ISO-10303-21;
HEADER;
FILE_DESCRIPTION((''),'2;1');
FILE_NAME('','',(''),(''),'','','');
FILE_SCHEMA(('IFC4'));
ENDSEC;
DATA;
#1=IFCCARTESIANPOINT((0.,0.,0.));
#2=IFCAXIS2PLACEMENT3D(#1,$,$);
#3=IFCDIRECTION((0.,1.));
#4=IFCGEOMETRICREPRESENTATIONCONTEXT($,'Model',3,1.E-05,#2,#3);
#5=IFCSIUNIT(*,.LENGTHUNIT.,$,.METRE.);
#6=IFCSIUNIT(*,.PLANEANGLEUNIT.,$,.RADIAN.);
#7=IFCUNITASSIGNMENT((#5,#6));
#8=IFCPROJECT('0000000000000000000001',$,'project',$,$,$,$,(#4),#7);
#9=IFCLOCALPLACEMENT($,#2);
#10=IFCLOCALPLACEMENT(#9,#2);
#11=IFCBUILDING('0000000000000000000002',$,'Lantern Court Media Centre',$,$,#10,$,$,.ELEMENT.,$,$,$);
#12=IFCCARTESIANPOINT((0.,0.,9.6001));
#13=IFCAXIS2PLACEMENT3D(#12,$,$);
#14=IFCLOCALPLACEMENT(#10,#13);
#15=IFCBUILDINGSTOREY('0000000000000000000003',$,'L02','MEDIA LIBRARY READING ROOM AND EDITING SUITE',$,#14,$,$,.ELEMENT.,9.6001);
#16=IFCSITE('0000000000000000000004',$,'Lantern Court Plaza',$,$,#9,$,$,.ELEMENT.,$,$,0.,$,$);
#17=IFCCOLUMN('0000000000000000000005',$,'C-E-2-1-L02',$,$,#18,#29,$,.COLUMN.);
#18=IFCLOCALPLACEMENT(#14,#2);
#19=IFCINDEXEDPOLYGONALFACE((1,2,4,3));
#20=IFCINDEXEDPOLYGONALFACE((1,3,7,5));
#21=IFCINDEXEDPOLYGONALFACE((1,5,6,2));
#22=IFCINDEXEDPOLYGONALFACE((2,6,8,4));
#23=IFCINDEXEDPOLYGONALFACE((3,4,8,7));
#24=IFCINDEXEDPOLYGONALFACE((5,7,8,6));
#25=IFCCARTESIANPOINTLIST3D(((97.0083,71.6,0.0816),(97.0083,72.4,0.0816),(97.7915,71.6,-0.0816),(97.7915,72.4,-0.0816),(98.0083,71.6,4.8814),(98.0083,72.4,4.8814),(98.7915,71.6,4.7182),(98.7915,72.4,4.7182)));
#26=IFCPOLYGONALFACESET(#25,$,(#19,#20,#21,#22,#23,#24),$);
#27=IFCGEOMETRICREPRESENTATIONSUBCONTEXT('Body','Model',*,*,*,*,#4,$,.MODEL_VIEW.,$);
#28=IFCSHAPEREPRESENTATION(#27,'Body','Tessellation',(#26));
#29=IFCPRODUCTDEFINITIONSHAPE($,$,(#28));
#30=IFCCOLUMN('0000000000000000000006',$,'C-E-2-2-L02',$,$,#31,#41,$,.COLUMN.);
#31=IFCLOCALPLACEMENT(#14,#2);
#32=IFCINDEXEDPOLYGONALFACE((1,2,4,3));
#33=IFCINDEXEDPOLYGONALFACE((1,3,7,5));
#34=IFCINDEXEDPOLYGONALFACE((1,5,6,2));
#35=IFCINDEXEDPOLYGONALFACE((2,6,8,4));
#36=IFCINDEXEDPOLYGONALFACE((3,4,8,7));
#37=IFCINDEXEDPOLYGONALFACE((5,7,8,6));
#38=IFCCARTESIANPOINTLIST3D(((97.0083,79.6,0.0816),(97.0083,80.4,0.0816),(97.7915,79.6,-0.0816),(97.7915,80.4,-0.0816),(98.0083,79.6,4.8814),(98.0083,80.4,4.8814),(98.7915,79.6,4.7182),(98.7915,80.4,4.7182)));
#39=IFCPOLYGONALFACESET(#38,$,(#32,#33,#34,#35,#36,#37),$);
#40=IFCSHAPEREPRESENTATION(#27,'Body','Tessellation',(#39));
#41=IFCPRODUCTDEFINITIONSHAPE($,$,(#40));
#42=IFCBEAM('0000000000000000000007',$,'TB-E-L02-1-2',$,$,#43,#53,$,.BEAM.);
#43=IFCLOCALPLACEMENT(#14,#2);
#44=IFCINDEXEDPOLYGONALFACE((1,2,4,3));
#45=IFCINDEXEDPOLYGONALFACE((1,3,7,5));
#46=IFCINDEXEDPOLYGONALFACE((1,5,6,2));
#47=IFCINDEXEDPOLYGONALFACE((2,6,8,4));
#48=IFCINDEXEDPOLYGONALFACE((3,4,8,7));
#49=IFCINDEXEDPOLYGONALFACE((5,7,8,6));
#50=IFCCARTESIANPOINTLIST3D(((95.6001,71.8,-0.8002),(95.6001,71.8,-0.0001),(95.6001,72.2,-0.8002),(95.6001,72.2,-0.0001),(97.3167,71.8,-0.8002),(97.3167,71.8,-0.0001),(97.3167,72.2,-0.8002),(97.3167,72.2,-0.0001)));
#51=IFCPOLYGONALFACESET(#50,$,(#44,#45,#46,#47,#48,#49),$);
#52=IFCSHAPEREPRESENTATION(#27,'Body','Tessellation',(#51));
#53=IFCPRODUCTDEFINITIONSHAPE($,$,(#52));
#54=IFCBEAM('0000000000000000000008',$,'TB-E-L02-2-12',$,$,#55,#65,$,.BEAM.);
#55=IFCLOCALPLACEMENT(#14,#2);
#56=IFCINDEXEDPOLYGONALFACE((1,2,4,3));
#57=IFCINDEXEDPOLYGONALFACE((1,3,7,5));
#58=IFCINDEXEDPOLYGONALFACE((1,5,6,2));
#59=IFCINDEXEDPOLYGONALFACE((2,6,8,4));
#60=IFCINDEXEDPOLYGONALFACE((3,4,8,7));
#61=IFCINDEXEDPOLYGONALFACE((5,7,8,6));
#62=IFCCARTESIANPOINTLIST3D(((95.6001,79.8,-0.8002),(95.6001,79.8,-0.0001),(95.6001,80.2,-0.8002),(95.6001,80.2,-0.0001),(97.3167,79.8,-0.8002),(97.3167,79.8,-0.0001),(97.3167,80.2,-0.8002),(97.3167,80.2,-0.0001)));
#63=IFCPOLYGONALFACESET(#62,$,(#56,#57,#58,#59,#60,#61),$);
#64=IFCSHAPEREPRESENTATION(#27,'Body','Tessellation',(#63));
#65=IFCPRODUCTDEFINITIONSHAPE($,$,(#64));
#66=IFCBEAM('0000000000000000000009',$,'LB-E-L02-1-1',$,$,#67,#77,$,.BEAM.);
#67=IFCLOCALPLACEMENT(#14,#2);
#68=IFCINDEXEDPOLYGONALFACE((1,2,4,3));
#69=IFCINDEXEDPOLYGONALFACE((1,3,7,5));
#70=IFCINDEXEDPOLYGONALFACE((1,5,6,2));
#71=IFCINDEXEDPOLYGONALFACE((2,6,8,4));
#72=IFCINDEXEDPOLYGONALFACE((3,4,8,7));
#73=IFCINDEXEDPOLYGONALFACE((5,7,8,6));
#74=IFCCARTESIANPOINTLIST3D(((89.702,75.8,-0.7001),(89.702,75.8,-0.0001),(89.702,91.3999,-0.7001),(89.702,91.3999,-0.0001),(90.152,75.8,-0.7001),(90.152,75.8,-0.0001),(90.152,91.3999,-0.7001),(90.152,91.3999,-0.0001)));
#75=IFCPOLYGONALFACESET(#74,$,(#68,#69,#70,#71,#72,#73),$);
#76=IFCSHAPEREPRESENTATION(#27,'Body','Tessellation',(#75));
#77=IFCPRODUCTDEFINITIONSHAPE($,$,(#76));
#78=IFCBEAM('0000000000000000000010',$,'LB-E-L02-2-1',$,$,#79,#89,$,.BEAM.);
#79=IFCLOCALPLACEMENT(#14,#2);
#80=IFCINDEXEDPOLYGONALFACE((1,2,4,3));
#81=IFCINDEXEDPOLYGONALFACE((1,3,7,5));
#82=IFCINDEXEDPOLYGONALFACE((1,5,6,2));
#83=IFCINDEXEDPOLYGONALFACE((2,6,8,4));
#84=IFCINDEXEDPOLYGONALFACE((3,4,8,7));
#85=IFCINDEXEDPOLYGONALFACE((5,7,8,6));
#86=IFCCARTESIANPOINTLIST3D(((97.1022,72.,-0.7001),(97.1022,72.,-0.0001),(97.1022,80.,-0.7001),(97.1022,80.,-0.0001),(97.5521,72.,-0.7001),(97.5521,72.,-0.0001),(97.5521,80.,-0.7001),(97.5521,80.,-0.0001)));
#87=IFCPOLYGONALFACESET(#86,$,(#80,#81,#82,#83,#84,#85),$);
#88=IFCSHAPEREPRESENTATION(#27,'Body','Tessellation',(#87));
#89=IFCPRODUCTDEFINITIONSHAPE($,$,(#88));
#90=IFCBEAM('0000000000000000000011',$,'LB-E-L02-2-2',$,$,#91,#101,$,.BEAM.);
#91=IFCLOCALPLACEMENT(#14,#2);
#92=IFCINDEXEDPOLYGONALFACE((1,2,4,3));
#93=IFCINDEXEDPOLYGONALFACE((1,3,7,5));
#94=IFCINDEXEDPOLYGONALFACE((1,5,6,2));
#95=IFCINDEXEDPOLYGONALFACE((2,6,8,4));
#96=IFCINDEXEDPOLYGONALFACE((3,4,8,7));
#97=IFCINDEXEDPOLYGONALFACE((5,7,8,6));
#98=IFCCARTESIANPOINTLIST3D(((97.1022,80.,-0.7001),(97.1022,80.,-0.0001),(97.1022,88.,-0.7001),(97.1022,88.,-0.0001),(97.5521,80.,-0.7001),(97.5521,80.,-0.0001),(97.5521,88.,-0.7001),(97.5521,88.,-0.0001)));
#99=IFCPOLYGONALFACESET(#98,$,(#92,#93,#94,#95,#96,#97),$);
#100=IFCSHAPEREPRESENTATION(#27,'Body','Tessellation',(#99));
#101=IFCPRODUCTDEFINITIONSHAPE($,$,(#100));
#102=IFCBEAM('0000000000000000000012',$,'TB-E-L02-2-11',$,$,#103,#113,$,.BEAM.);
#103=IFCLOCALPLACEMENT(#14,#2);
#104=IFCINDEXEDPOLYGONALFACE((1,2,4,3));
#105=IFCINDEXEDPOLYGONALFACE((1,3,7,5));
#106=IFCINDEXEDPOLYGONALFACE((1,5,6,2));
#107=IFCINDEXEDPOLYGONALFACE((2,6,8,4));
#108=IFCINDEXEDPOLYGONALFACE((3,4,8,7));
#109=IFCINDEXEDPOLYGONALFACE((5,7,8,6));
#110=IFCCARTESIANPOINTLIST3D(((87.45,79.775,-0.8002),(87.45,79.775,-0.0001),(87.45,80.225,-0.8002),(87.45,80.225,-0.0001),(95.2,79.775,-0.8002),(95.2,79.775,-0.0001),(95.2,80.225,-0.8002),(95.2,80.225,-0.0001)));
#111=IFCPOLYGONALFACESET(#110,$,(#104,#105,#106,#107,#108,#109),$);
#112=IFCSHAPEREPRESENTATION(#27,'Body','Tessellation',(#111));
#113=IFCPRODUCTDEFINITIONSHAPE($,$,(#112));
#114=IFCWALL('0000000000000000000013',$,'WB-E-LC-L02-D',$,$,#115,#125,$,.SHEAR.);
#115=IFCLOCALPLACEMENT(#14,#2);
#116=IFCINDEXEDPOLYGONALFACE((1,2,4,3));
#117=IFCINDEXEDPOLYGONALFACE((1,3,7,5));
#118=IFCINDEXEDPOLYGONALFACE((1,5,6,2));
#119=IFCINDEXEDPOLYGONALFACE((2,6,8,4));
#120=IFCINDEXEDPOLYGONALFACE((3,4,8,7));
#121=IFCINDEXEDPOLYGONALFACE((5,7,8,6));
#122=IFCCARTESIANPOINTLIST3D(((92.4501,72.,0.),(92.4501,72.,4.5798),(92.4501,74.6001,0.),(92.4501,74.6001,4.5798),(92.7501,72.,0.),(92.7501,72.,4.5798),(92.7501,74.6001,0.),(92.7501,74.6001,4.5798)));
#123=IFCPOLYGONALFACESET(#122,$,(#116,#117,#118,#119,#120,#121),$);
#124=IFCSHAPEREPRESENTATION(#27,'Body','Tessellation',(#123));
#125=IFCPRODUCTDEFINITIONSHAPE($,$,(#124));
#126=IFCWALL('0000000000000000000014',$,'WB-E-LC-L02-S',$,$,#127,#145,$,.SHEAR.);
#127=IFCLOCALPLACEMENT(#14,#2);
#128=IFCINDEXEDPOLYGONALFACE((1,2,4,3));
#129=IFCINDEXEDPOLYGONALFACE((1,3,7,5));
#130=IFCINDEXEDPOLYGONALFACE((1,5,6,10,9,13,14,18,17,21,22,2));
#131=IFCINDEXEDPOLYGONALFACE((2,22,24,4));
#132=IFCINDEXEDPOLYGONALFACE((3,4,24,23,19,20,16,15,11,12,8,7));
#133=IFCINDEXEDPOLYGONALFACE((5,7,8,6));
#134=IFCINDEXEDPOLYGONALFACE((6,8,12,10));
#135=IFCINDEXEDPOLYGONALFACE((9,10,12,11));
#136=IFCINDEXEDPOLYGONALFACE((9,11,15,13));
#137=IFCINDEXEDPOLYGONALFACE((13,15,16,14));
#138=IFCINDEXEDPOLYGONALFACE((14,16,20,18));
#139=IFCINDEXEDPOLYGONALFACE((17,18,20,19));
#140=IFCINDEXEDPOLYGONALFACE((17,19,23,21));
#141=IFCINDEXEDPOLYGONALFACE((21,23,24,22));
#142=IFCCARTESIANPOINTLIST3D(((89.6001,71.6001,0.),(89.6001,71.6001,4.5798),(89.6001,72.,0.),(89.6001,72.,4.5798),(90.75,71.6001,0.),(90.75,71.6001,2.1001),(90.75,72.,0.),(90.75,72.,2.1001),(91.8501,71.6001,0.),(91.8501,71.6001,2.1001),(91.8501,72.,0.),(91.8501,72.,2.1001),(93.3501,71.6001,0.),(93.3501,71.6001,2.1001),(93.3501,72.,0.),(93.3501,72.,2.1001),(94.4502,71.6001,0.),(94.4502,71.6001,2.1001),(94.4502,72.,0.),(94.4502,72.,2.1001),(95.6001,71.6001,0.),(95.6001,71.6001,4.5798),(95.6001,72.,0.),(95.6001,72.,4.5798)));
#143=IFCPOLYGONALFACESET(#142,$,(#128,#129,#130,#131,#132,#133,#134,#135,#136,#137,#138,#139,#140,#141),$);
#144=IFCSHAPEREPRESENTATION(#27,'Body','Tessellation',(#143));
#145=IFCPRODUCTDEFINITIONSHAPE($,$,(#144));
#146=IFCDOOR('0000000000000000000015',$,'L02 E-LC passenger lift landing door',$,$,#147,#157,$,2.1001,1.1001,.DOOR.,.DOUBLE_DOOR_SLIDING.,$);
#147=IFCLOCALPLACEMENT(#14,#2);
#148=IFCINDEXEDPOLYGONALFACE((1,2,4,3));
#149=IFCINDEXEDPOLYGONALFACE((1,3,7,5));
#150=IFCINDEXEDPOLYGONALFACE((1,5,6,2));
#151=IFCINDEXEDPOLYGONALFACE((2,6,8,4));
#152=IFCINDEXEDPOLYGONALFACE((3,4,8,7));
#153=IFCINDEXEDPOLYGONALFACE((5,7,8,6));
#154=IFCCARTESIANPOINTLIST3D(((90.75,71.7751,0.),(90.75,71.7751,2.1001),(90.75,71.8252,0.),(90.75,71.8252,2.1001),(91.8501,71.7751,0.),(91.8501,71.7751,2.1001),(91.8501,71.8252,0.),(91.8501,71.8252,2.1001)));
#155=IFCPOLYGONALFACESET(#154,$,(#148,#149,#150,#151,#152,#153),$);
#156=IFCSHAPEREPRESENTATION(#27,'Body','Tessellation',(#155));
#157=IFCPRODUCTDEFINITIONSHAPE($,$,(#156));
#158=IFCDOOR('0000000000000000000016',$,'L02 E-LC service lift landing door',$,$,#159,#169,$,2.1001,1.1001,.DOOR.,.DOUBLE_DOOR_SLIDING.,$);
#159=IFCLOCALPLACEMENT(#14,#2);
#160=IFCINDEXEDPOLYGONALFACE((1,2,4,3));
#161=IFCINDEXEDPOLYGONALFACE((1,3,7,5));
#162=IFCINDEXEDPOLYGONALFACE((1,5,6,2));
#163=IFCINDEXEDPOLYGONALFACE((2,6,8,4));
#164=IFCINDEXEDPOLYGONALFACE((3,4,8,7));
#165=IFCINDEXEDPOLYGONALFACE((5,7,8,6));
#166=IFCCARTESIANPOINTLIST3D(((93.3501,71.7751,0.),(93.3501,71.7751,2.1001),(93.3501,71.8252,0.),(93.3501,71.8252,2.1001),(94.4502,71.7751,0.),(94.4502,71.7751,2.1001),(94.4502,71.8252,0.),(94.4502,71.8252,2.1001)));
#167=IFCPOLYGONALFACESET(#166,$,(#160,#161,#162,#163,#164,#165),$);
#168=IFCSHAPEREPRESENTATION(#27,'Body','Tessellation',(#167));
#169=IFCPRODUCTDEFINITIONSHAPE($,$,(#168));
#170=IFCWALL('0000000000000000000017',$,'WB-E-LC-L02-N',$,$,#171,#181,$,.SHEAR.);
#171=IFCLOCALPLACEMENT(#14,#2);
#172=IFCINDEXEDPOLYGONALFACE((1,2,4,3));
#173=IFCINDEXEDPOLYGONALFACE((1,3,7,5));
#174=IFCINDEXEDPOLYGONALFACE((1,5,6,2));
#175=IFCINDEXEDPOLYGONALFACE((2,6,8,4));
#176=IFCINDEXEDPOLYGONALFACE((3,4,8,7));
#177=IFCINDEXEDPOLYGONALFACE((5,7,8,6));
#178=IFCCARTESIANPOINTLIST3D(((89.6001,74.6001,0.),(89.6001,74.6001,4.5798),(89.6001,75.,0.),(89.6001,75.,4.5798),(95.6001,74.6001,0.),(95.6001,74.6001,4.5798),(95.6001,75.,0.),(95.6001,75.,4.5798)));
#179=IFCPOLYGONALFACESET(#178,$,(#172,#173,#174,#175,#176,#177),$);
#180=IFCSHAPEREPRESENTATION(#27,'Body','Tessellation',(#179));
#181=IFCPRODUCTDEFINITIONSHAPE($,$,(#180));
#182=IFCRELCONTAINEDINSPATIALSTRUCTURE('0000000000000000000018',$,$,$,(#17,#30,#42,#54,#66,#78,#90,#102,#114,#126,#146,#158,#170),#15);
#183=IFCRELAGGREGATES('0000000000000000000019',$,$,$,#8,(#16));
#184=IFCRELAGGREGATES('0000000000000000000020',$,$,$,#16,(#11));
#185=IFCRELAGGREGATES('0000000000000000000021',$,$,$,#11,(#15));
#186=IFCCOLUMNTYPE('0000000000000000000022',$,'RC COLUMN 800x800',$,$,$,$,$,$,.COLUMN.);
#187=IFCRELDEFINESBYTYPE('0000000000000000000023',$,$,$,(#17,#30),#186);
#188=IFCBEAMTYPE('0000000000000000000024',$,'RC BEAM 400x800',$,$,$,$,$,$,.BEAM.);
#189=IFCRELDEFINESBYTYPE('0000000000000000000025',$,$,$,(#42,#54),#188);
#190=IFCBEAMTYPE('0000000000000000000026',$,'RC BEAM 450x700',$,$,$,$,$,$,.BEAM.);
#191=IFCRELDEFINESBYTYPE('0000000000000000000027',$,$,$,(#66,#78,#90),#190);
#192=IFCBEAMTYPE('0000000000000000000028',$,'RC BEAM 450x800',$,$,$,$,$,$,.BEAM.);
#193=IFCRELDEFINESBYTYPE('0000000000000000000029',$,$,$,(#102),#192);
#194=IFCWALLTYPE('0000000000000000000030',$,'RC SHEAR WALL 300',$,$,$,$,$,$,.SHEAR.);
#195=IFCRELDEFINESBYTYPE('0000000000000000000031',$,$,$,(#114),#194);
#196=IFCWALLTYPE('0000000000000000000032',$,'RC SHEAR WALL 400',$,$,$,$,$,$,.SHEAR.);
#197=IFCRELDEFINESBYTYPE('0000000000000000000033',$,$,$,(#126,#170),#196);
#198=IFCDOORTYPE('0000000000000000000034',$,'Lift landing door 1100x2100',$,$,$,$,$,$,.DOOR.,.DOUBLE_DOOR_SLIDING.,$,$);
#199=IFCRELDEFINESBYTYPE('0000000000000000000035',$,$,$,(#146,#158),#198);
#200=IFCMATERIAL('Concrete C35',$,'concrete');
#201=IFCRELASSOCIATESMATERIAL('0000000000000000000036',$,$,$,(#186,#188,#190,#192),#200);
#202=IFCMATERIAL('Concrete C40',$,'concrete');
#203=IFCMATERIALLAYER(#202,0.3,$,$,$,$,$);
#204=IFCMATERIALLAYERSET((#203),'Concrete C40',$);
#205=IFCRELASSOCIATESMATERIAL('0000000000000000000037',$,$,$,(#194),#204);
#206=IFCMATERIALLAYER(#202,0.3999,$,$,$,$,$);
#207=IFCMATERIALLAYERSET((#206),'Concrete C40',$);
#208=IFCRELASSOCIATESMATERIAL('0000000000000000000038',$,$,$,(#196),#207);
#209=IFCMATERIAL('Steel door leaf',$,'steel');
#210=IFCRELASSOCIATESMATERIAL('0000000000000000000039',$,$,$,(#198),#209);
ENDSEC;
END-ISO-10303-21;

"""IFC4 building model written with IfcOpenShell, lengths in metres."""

from ifc_helpers import new_model, si_unit, direction, frame, frame_2d, origin, origin_2d, place, context, subcontext, project, spatial, rectangle, extrude, material, layer, layer_set, material_profile, profile_set, type_object, element, fill, save


model = new_model("IFC4")

# Units and contexts
model_context = context("Model", 3, precision=1e-05, world=origin(), true_north=direction((0.0, 1.0)))
body_context = subcontext(model_context, "Body", "Model", "MODEL_VIEW")
ifc_project = project(units=[si_unit("LENGTHUNIT", "METRE"), si_unit("PLANEANGLEUNIT", "RADIAN")], contexts=[model_context])

# Site, building, storey
site_placement = place(None, origin())
site = spatial("IfcSite", under=ifc_project, at=site_placement, Name="Lantern Court Plaza", CompositionType="ELEMENT", RefElevation=0.0)
building_placement = place(site_placement, origin())
building = spatial("IfcBuilding", under=site, at=building_placement, Name="Lantern Court Media Centre", CompositionType="ELEMENT")
storey_placement = place(building_placement, frame((0.0, 0.0, 9.6001)))
storey = spatial("IfcBuildingStorey", under=building, at=storey_placement, Name="L02", Description="MEDIA LIBRARY READING ROOM AND EDITING SUITE", CompositionType="ELEMENT", Elevation=9.6001)

# Columns
ifc_material_1 = material(Name="Concrete C35", Category="concrete")
ifc_material_profile_1 = material_profile(ifc_material_1, rectangle(XDim=0.8, YDim=0.8, at=origin_2d()), Name="RC 800x800")
ifc_profile_set_1 = profile_set([ifc_material_profile_1], Name="Concrete C35")
column_type = type_object("IfcColumnType", Name="RC COLUMN 800x800", PredefinedType="COLUMN", material=ifc_profile_set_1)
for number, where, z_axis, x_axis, name in (
    (1, (97.3999, 72.0, 0.0), (0.203962, 0.0, 0.978979), (0.0, 1.0, 0.0), "C-E-2-1-L02"),
    (2, (97.3999, 80.0, 0.0), (0.203962, 0.0, 0.978979), (0.0, 1.0, 0.0), "C-E-2-2-L02"),
):
    element("IfcColumn", number, at=place(storey_placement, frame(where, z_axis=z_axis, x_axis=x_axis)), inside=storey, type_object=column_type, Name=name, PredefinedType="COLUMN", context=body_context, shape_type="SweptSolid", body=[
        extrude(rectangle(XDim=0.8, YDim=0.8, at=origin_2d()), origin(), (0.0, 0.0, 1.0), 4.9028),
    ])

# Beams
ifc_material_profile_2 = material_profile(ifc_material_1, rectangle(XDim=0.3999, YDim=0.8, at=origin_2d()), Name="RC 400x800")
ifc_profile_set_2 = profile_set([ifc_material_profile_2], Name="Concrete C35")
beam_type_1 = type_object("IfcBeamType", Name="RC BEAM 400x800", PredefinedType="BEAM", material=ifc_profile_set_2)
for number, where, z_axis, x_axis, name in (
    (3, (95.6001, 72.0, -0.4001), (1.0, 0.0, 0.0), (0.0, 1.0, 0.0), "TB-E-L02-1-2"),
    (4, (95.6001, 80.0, -0.4001), (1.0, 0.0, 0.0), (0.0, 1.0, 0.0), "TB-E-L02-2-12"),
):
    element("IfcBeam", number, at=place(storey_placement, frame(where, z_axis=z_axis, x_axis=x_axis)), inside=storey, type_object=beam_type_1, Name=name, PredefinedType="BEAM", context=body_context, shape_type="SweptSolid", body=[
        extrude(rectangle(XDim=0.3999, YDim=0.8, at=origin_2d()), origin(), (0.0, 0.0, 1.0), 1.7166),
    ])
ifc_material_profile_3 = material_profile(ifc_material_1, rectangle(XDim=0.45, YDim=0.7, at=origin_2d()), Name="RC 450x700")
ifc_profile_set_3 = profile_set([ifc_material_profile_3], Name="Concrete C35")
beam_type_2 = type_object("IfcBeamType", Name="RC BEAM 450x700", PredefinedType="BEAM", material=ifc_profile_set_3)
beam_1_placement = place(storey_placement, frame((89.927, 75.8, -0.3501), z_axis=(0.0, 1.0, 0.0), x_axis=(-1.0, 0.0, 0.0)))
element("IfcBeam", 5, at=beam_1_placement, inside=storey, type_object=beam_type_2, Name="LB-E-L02-1-1", PredefinedType="BEAM", context=body_context, shape_type="SweptSolid", body=[
    extrude(rectangle(XDim=0.45, YDim=0.7, at=origin_2d()), origin(), (0.0, 0.0, 1.0), 15.5999),
])
for number, where, z_axis, x_axis, name in (
    (6, (97.3271, 72.0, -0.3501), (0.0, 1.0, 0.0), (-1.0, 0.0, 0.0), "LB-E-L02-2-1"),
    (7, (97.3271, 80.0, -0.3501), (0.0, 1.0, 0.0), (-1.0, 0.0, 0.0), "LB-E-L02-2-2"),
):
    element("IfcBeam", number, at=place(storey_placement, frame(where, z_axis=z_axis, x_axis=x_axis)), inside=storey, type_object=beam_type_2, Name=name, PredefinedType="BEAM", context=body_context, shape_type="SweptSolid", body=[
        extrude(rectangle(XDim=0.45, YDim=0.7, at=origin_2d()), origin(), (0.0, 0.0, 1.0), 8.0),
    ])
ifc_material_profile_4 = material_profile(ifc_material_1, rectangle(XDim=0.45, YDim=0.8, at=origin_2d()), Name="RC 450x800")
ifc_profile_set_4 = profile_set([ifc_material_profile_4], Name="Concrete C35")
beam_type_3 = type_object("IfcBeamType", Name="RC BEAM 450x800", PredefinedType="BEAM", material=ifc_profile_set_4)
beam_2_placement = place(storey_placement, frame((87.45, 80.0, -0.4001), z_axis=(1.0, 0.0, 0.0), x_axis=(0.0, 1.0, 0.0)))
element("IfcBeam", 8, at=beam_2_placement, inside=storey, type_object=beam_type_3, Name="TB-E-L02-2-11", PredefinedType="BEAM", context=body_context, shape_type="SweptSolid", body=[
    extrude(rectangle(XDim=0.45, YDim=0.8, at=origin_2d()), origin(), (0.0, 0.0, 1.0), 7.75),
])

# Wall
ifc_material_2 = material(Name="Concrete C40", Category="concrete")
ifc_layer_1 = layer(ifc_material_2, 0.3)
ifc_layer_set_1 = layer_set([ifc_layer_1], Name="Concrete C40")
wall_type_1 = type_object("IfcWallType", Name="RC SHEAR WALL 300", PredefinedType="SHEAR", material=ifc_layer_set_1)
wall_1_placement = place(storey_placement, frame((92.6001, 72.0, 0.0), z_axis=(0.0, 0.0, 1.0), x_axis=(0.0, 1.0, 0.0)))
element("IfcWall", 9, at=wall_1_placement, inside=storey, type_object=wall_type_1, Name="WB-E-LC-L02-D", PredefinedType="SHEAR", context=body_context, shape_type="SweptSolid", body=[
    extrude(rectangle(XDim=2.6001, YDim=0.3, at=frame_2d((1.3, 0.0))), origin(), (0.0, 0.0, 1.0), 4.5798),
])

# Wall, openings, doors
ifc_layer_2 = layer(ifc_material_2, 0.3999)
ifc_layer_set_2 = layer_set([ifc_layer_2], Name="Concrete C40")
wall_type_2 = type_object("IfcWallType", Name="RC SHEAR WALL 400", PredefinedType="SHEAR", material=ifc_layer_set_2)
wall_2_placement = place(storey_placement, frame((89.6001, 71.8, 0.0), z_axis=(0.0, 0.0, 1.0), x_axis=(1.0, 0.0, 0.0)))
wall_2 = element("IfcWall", 10, at=wall_2_placement, inside=storey, type_object=wall_type_2, Name="WB-E-LC-L02-S", PredefinedType="SHEAR", context=body_context, shape_type="SweptSolid", body=[
    extrude(rectangle(XDim=6.0, YDim=0.3999, at=frame_2d((3.0, 0.0))), origin(), (0.0, 0.0, 1.0), 4.5798),
])
opening_1_placement = place(wall_2_placement, frame((1.1499, 0.0, 0.0)))
opening_1 = element("IfcOpeningElement", 11, at=opening_1_placement, cuts=wall_2, PredefinedType="OPENING", context=body_context, shape_type="SweptSolid", body=[
    extrude(rectangle(XDim=1.1001, YDim=2.1001, at=frame_2d((0.55, 1.05))), frame((0.0, 0.21, 0.0), z_axis=(0.0, -1.0, 0.0), x_axis=(1.0, 0.0, 0.0)), (0.0, 0.0, 1.0), 0.4199),
])
opening_2_placement = place(wall_2_placement, frame((3.75, 0.0, 0.0)))
opening_2 = element("IfcOpeningElement", 12, at=opening_2_placement, cuts=wall_2, PredefinedType="OPENING", context=body_context, shape_type="SweptSolid", body=[
    extrude(rectangle(XDim=1.1001, YDim=2.1001, at=frame_2d((0.55, 1.05))), frame((0.0, 0.21, 0.0), z_axis=(0.0, -1.0, 0.0), x_axis=(1.0, 0.0, 0.0)), (0.0, 0.0, 1.0), 0.4199),
])
ifc_material_3 = material(Name="Steel door leaf", Category="steel")
door_type_1 = type_object("IfcDoorType", Name="Lift landing door 1100x2100", OperationType="DOUBLE_DOOR_SLIDING", PredefinedType="DOOR", material=ifc_material_3)
door_1_placement = place(opening_1_placement, frame((1.1001, 0.0, 0.0), z_axis=(0.0, 0.0, 1.0), x_axis=(-1.0, 0.0, 0.0)))
door_1 = element("IfcDoor", 13, at=door_1_placement, inside=storey, type_object=door_type_1, Name="L02 E-LC passenger lift landing door", OperationType="DOUBLE_DOOR_SLIDING", OverallHeight=2.1001, OverallWidth=1.1001, PredefinedType="DOOR", context=body_context, shape_type="SweptSolid", body=[
    extrude(rectangle(XDim=1.1001, YDim=2.1001, at=frame_2d((0.55, 1.05))), frame((0.0, 0.0249, 0.0), z_axis=(0.0, -1.0, 0.0), x_axis=(1.0, 0.0, 0.0)), (0.0, 0.0, 1.0), 0.05),
])
fill(opening_1, door_1)
door_2_placement = place(opening_2_placement, frame((1.1001, 0.0, 0.0), z_axis=(0.0, 0.0, 1.0), x_axis=(-1.0, 0.0, 0.0)))
door_2 = element("IfcDoor", 14, at=door_2_placement, inside=storey, type_object=door_type_1, Name="L02 E-LC service lift landing door", OperationType="DOUBLE_DOOR_SLIDING", OverallHeight=2.1001, OverallWidth=1.1001, PredefinedType="DOOR", context=body_context, shape_type="SweptSolid", body=[
    extrude(rectangle(XDim=1.1001, YDim=2.1001, at=frame_2d((0.55, 1.05))), frame((0.0, 0.0249, 0.0), z_axis=(0.0, -1.0, 0.0), x_axis=(1.0, 0.0, 0.0)), (0.0, 0.0, 1.0), 0.05),
])
fill(opening_2, door_2)

# Wall
wall_3_placement = place(storey_placement, frame((89.6001, 74.8, 0.0), z_axis=(0.0, 0.0, 1.0), x_axis=(1.0, 0.0, 0.0)))
element("IfcWall", 15, at=wall_3_placement, inside=storey, type_object=wall_type_2, Name="WB-E-LC-L02-N", PredefinedType="SHEAR", context=body_context, shape_type="SweptSolid", body=[
    extrude(rectangle(XDim=6.0, YDim=0.3999, at=frame_2d((3.0, 0.0))), origin(), (0.0, 0.0, 1.0), 4.5798),
])

save(model, "model.ifc")
